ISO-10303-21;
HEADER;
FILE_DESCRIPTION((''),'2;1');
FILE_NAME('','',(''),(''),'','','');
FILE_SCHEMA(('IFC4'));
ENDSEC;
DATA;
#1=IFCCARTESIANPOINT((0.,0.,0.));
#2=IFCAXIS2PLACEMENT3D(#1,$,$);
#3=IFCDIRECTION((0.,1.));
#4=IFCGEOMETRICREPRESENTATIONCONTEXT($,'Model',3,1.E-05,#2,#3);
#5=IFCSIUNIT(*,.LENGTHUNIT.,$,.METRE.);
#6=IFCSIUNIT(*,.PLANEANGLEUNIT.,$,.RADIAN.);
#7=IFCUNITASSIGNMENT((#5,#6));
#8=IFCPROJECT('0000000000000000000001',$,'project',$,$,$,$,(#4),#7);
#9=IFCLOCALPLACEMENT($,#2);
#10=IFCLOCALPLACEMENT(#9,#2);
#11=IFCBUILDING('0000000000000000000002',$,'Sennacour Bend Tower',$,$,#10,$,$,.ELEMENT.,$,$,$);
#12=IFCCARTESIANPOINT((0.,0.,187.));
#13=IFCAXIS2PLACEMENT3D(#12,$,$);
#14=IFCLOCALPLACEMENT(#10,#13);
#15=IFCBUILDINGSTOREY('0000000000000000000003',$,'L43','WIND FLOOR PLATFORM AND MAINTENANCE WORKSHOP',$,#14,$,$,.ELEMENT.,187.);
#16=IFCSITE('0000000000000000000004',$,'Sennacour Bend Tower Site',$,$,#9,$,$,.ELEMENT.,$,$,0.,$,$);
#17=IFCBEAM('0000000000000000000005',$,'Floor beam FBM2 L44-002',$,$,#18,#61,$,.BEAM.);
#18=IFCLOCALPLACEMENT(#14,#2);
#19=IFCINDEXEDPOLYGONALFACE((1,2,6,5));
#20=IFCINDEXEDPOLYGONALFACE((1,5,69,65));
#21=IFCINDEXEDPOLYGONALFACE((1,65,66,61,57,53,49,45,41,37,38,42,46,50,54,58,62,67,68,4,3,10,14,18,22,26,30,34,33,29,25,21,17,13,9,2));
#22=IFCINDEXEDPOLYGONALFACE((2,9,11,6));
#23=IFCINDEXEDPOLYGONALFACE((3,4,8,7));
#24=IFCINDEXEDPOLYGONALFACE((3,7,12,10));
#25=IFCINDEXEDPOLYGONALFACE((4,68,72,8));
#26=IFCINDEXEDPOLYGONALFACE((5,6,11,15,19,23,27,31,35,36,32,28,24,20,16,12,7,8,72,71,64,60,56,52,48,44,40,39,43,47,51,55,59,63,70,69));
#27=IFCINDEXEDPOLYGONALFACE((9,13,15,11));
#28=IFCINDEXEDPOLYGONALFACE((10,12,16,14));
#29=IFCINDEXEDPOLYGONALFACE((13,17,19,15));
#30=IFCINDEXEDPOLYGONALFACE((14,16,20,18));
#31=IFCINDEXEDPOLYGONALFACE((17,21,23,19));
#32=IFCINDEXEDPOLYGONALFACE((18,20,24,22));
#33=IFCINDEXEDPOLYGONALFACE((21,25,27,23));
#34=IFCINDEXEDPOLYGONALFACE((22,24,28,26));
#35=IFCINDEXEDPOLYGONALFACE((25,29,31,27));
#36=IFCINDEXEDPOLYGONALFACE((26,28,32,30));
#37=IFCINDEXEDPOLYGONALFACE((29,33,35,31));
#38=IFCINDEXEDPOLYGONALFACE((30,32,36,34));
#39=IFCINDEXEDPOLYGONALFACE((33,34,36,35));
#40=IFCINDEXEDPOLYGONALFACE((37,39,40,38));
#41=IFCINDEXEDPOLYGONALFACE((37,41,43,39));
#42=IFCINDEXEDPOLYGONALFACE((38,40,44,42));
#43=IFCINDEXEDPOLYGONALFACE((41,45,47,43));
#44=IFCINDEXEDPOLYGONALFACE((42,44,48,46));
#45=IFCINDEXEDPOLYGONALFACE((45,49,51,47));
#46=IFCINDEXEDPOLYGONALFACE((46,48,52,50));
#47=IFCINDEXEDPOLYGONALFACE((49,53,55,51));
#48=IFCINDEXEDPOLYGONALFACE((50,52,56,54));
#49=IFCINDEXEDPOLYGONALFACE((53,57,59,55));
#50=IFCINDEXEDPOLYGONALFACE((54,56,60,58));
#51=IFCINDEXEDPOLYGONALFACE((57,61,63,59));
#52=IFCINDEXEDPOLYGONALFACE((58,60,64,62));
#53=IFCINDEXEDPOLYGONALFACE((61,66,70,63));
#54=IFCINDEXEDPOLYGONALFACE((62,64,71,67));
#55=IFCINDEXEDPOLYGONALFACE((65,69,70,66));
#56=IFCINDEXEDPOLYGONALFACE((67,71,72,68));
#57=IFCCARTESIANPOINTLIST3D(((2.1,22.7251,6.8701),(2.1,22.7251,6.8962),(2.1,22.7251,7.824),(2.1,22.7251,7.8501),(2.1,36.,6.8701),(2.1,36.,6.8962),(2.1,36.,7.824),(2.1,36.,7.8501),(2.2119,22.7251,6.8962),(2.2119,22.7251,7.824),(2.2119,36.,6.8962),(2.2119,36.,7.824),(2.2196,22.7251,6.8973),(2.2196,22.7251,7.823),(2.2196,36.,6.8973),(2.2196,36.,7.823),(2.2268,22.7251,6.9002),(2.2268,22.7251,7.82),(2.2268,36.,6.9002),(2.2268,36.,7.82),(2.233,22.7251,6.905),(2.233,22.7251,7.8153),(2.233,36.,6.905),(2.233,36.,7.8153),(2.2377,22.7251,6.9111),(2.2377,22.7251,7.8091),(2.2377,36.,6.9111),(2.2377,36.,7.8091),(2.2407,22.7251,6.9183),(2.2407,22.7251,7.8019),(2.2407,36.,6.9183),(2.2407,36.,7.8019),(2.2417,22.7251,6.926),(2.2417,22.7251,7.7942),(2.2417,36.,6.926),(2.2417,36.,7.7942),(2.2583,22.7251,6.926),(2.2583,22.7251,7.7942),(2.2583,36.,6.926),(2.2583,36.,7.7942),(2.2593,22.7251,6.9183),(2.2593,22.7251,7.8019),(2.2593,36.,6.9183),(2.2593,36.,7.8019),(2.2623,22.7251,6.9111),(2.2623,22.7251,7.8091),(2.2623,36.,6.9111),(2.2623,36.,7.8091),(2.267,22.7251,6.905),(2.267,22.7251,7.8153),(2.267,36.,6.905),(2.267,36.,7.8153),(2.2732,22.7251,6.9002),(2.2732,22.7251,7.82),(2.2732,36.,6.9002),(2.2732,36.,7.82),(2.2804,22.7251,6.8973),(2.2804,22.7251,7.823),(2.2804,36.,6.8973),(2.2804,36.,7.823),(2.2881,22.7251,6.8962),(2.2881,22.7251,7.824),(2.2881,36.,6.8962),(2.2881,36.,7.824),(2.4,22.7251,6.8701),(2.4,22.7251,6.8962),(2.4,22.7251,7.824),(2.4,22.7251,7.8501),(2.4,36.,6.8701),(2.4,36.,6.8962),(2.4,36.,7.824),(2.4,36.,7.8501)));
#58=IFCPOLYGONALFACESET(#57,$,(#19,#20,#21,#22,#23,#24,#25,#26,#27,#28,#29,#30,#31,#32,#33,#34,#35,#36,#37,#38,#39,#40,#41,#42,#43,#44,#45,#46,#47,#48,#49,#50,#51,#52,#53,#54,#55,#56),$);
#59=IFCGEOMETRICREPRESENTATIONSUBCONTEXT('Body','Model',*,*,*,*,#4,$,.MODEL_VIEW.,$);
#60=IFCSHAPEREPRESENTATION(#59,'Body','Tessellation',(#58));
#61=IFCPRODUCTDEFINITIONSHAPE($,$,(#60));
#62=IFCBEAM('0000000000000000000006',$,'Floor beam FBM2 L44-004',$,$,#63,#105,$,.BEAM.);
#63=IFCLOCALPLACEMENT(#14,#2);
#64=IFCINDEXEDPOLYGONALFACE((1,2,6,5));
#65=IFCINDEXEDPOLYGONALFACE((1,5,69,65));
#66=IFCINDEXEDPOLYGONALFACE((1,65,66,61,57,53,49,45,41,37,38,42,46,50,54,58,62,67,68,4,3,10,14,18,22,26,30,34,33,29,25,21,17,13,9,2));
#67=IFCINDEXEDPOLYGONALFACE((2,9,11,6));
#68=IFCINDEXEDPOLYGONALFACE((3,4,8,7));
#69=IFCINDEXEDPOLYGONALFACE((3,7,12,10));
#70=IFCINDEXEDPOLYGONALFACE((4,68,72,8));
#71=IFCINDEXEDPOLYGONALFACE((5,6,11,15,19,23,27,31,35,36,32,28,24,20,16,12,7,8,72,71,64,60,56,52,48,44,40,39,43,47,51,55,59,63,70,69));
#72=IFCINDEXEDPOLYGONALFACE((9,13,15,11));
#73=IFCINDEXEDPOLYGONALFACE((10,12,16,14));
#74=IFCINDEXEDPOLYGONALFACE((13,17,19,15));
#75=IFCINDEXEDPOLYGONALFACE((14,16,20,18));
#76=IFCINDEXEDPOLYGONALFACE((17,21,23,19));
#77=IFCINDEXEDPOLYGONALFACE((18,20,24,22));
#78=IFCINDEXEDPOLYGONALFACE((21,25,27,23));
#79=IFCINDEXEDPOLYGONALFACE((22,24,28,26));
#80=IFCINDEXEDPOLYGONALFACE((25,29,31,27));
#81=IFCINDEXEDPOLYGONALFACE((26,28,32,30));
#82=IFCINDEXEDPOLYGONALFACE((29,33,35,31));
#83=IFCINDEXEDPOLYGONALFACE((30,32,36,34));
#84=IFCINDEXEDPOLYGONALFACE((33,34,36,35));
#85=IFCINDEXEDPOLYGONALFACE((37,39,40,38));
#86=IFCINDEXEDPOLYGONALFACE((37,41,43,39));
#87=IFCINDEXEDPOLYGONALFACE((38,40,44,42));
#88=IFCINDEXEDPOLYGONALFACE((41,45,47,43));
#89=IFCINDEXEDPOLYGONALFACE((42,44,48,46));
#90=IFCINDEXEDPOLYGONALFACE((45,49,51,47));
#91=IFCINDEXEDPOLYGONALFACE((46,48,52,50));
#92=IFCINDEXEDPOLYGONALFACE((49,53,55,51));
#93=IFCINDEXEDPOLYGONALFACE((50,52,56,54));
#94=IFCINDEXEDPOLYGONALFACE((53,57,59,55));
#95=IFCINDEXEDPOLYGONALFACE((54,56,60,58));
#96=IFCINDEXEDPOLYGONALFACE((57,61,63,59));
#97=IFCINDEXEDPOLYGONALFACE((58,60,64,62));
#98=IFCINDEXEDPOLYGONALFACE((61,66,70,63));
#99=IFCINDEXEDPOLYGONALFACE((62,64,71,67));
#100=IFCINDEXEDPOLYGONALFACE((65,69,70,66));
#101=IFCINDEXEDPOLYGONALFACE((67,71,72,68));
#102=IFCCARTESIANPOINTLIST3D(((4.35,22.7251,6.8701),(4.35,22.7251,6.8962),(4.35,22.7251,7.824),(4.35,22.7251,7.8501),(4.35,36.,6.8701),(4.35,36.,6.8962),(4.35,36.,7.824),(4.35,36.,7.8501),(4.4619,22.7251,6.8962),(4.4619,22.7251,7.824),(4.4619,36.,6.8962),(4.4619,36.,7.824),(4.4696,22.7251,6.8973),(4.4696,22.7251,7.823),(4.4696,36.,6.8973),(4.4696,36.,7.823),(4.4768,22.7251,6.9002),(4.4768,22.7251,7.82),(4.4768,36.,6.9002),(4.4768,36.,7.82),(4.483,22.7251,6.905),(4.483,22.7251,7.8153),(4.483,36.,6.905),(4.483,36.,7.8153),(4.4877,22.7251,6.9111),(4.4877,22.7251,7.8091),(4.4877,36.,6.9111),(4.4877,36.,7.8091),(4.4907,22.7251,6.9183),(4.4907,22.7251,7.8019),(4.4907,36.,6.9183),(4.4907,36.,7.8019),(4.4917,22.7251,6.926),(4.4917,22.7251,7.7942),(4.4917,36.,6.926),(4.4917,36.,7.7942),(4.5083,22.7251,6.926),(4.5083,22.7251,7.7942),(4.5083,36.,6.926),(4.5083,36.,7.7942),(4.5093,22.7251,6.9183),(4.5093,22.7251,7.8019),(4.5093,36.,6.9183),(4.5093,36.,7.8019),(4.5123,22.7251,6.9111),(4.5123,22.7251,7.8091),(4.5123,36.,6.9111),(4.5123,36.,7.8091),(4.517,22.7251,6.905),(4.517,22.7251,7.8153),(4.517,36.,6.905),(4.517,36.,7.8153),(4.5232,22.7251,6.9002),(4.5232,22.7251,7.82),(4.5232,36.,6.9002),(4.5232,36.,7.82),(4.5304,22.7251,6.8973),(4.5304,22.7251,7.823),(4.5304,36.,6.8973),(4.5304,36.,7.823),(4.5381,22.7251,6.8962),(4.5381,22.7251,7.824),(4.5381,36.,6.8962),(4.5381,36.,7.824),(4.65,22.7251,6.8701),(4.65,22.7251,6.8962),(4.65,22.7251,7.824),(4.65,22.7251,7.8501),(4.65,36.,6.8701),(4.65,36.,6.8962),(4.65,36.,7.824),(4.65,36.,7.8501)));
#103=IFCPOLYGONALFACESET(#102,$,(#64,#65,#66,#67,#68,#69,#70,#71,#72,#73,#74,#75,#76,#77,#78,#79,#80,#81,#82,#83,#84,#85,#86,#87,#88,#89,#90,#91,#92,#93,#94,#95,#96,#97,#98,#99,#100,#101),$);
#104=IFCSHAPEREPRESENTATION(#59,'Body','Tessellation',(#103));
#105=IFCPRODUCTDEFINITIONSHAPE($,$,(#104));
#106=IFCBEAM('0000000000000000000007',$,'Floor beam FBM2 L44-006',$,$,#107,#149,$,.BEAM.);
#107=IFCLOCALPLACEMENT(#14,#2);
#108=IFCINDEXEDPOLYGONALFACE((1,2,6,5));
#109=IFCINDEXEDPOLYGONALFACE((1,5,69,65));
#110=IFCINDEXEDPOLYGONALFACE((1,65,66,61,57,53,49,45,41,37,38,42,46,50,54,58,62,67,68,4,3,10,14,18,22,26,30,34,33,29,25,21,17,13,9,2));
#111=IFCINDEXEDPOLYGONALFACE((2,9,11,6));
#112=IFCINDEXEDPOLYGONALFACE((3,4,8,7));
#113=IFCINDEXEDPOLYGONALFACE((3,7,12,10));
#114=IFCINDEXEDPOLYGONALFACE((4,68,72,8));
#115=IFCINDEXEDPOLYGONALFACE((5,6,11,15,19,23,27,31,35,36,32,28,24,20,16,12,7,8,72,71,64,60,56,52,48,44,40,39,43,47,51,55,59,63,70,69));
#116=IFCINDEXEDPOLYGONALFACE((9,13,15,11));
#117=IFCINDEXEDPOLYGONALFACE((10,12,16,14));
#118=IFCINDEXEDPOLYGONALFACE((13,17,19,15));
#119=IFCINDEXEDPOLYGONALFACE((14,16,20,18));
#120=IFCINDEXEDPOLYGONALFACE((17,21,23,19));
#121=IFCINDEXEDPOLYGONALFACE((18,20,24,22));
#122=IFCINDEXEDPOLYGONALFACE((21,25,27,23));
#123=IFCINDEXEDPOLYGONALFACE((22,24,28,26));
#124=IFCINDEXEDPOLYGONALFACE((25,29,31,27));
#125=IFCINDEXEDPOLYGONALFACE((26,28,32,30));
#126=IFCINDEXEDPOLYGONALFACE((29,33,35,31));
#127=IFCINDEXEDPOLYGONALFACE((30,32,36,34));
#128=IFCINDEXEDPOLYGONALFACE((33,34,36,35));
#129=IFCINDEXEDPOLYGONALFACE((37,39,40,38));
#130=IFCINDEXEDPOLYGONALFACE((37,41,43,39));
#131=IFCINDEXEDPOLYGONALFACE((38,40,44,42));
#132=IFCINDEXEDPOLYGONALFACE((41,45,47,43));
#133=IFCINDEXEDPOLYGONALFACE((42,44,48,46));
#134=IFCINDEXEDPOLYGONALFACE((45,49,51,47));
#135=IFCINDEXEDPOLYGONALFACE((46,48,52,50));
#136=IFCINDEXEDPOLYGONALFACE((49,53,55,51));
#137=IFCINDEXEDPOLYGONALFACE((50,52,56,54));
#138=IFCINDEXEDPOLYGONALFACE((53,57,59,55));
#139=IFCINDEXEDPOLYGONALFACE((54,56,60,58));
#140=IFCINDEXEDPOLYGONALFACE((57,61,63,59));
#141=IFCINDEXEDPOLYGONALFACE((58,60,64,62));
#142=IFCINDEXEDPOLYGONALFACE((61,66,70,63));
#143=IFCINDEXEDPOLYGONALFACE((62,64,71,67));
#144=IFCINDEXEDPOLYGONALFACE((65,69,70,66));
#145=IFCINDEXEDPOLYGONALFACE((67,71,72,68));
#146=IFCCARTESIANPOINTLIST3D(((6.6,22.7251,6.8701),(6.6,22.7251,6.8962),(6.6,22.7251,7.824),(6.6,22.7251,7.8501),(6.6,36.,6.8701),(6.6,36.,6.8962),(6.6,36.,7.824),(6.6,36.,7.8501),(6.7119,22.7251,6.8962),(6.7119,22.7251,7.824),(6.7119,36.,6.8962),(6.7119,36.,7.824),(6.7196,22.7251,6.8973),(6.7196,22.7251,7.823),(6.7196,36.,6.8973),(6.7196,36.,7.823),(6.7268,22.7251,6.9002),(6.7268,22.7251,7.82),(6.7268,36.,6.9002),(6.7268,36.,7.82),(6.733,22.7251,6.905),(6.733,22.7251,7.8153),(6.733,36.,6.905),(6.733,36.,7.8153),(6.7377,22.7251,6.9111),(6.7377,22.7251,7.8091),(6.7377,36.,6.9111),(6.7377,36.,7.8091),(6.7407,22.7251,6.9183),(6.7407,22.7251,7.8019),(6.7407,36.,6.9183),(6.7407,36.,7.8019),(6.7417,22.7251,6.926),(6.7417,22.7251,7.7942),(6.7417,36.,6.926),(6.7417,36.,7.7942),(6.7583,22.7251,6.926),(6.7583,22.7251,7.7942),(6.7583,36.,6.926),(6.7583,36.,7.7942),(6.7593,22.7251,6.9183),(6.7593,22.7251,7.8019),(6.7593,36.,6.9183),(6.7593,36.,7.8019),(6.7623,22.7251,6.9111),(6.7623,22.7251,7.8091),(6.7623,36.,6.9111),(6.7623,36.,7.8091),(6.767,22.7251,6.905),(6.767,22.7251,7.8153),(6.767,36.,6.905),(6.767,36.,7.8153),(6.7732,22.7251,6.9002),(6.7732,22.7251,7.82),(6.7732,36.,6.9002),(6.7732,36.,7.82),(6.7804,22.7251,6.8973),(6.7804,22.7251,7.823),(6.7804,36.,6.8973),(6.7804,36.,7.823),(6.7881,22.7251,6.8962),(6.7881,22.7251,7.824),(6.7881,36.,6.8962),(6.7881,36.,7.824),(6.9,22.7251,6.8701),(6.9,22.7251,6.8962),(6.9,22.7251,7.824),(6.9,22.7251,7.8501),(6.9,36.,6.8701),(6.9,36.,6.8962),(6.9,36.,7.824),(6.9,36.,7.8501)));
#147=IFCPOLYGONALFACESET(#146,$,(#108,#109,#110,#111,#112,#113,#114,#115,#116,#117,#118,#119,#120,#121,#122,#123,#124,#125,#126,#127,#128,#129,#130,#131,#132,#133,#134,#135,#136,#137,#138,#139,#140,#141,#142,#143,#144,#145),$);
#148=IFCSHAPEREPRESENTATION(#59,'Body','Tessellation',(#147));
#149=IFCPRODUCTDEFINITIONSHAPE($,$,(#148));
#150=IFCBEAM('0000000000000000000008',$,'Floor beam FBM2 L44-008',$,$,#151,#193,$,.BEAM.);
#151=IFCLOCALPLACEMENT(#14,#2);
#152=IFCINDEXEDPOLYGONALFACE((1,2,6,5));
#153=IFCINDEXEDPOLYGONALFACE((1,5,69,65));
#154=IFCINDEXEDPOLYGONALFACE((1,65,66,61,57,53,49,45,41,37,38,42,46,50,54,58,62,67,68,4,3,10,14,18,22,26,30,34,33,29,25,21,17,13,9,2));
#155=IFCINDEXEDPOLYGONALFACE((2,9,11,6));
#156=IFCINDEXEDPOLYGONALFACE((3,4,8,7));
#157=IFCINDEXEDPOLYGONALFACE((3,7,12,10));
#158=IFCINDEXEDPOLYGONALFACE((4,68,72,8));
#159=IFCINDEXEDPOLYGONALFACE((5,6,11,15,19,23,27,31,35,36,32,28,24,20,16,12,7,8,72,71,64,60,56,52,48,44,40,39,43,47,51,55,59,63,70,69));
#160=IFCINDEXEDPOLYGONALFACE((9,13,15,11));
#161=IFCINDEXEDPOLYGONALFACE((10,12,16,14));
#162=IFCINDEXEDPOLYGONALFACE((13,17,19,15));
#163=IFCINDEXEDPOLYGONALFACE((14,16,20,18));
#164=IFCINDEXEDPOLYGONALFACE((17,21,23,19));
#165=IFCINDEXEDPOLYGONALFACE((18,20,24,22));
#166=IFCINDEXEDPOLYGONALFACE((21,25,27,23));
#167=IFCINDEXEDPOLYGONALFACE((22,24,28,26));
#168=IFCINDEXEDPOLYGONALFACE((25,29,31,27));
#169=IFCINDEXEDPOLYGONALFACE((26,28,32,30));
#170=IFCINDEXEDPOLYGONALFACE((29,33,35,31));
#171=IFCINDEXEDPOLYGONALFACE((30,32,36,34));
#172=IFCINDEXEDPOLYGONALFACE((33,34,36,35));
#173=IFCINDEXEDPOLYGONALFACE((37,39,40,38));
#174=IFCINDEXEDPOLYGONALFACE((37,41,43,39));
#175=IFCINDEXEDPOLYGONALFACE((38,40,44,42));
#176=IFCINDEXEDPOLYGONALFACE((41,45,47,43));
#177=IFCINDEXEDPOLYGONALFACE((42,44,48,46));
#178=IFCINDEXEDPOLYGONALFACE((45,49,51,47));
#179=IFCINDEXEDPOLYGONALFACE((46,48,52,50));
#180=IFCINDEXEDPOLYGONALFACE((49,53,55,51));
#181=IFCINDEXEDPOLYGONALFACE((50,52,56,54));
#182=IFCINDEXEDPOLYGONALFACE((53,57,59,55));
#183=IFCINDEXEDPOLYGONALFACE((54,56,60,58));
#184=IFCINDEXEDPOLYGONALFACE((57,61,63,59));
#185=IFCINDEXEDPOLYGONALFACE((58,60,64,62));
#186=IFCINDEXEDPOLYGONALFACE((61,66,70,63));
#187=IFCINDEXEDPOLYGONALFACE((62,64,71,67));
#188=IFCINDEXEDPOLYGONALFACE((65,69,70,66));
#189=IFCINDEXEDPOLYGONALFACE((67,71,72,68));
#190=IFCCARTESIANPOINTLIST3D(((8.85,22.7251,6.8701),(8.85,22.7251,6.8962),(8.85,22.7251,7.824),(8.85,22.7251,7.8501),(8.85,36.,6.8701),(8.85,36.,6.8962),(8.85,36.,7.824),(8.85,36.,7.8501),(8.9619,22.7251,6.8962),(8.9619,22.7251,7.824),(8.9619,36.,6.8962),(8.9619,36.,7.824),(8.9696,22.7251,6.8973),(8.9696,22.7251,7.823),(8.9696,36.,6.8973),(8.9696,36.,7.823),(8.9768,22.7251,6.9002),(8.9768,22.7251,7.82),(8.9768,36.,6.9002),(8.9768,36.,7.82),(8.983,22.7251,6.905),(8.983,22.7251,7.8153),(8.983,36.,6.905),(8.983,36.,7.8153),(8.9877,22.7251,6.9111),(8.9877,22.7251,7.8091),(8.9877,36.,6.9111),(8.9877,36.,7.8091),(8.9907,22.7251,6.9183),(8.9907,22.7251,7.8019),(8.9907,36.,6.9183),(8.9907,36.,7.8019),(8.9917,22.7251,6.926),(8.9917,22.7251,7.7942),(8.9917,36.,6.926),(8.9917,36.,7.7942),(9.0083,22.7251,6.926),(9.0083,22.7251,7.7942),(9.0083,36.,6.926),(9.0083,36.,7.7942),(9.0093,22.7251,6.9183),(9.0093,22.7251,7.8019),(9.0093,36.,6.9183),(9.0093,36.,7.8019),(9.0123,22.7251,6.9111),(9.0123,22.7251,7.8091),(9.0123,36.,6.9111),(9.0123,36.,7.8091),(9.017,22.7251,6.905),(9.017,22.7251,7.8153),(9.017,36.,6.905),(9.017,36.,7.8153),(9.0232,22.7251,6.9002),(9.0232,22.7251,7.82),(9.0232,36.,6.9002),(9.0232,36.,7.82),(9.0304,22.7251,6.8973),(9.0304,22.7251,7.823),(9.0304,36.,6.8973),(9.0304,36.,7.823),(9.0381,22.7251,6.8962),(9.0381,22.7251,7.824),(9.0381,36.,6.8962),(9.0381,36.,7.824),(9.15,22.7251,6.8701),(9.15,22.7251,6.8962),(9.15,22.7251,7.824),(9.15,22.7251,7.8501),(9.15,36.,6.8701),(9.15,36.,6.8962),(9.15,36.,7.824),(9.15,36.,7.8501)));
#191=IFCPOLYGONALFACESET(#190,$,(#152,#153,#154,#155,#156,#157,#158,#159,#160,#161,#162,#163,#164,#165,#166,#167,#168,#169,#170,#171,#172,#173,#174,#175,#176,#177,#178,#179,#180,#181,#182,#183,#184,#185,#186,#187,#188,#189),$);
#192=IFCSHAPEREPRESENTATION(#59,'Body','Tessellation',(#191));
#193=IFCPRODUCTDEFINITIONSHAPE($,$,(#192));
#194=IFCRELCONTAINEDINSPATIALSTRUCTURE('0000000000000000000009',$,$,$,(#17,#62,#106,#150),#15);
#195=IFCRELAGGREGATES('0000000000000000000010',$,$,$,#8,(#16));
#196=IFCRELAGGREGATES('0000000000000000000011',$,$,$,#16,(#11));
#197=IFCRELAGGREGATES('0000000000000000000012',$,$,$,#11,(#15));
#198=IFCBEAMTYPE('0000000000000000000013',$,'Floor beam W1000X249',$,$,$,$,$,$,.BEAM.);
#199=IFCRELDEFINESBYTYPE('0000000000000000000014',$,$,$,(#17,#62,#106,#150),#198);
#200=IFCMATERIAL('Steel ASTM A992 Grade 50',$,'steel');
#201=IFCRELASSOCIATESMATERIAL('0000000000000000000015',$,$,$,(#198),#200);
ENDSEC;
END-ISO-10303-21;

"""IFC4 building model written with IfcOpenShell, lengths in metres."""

from ifc_helpers import new_model, si_unit, direction, frame, origin, origin_2d, place, context, subcontext, project, spatial, i_section, extrude, material, material_profile, profile_set, type_object, element, save


model = new_model("IFC4")

# Units and contexts
model_context = context("Model", 3, precision=1e-05, world=origin(), true_north=direction((0.0, 1.0)))
body_context = subcontext(model_context, "Body", "Model", "MODEL_VIEW")
ifc_project = project(units=[si_unit("LENGTHUNIT", "METRE"), si_unit("PLANEANGLEUNIT", "RADIAN")], contexts=[model_context])

# Site, building, storey
site_placement = place(None, origin())
site = spatial("IfcSite", under=ifc_project, at=site_placement, Name="Sennacour Bend Tower Site", CompositionType="ELEMENT", RefElevation=0.0)
building_placement = place(site_placement, origin())
building = spatial("IfcBuilding", under=site, at=building_placement, Name="Sennacour Bend Tower", CompositionType="ELEMENT")
storey_placement = place(building_placement, frame((0.0, 0.0, 187.0)))
storey = spatial("IfcBuildingStorey", under=building, at=storey_placement, Name="L43", Description="WIND FLOOR PLATFORM AND MAINTENANCE WORKSHOP", CompositionType="ELEMENT", Elevation=187.0)

# Beams
ifc_material_1 = material(Name="Steel ASTM A992 Grade 50", Category="steel")
ifc_material_profile_1 = material_profile(ifc_material_1, i_section(OverallWidth=0.3, OverallDepth=0.98, WebThickness=0.0166, FlangeThickness=0.0261, FilletRadius=0.0298, at=origin_2d()), Name="Steel ASTM A992 Grade 50", Category="steel")
ifc_profile_set_1 = profile_set([ifc_material_profile_1], Name="Steel ASTM A992 Grade 50")
beam_type_1 = type_object("IfcBeamType", Name="Floor beam W1000X249", PredefinedType="BEAM", material=ifc_profile_set_1)
for number, where, z_axis, x_axis, name in (
    (1, (2.25, 22.7251, 7.3601), (0.0, 1.0, 0.0), (-1.0, 0.0, 0.0), "Floor beam FBM2 L44-002"),
    (2, (4.5, 22.7251, 7.3601), (0.0, 1.0, 0.0), (-1.0, 0.0, 0.0), "Floor beam FBM2 L44-004"),
    (3, (6.75, 22.7251, 7.3601), (0.0, 1.0, 0.0), (-1.0, 0.0, 0.0), "Floor beam FBM2 L44-006"),
    (4, (9.0, 22.7251, 7.3601), (0.0, 1.0, 0.0), (-1.0, 0.0, 0.0), "Floor beam FBM2 L44-008"),
):
    element("IfcBeam", number, at=place(storey_placement, frame(where, z_axis=z_axis, x_axis=x_axis)), inside=storey, type_object=beam_type_1, Name=name, PredefinedType="BEAM", context=body_context, shape_type="SweptSolid", body=[
        extrude(i_section(OverallWidth=0.3, OverallDepth=0.98, WebThickness=0.0166, FlangeThickness=0.0261, FilletRadius=0.0298, at=origin_2d()), origin(), (0.0, 0.0, 1.0), 13.2749),
    ])

save(model, "model.ifc")
